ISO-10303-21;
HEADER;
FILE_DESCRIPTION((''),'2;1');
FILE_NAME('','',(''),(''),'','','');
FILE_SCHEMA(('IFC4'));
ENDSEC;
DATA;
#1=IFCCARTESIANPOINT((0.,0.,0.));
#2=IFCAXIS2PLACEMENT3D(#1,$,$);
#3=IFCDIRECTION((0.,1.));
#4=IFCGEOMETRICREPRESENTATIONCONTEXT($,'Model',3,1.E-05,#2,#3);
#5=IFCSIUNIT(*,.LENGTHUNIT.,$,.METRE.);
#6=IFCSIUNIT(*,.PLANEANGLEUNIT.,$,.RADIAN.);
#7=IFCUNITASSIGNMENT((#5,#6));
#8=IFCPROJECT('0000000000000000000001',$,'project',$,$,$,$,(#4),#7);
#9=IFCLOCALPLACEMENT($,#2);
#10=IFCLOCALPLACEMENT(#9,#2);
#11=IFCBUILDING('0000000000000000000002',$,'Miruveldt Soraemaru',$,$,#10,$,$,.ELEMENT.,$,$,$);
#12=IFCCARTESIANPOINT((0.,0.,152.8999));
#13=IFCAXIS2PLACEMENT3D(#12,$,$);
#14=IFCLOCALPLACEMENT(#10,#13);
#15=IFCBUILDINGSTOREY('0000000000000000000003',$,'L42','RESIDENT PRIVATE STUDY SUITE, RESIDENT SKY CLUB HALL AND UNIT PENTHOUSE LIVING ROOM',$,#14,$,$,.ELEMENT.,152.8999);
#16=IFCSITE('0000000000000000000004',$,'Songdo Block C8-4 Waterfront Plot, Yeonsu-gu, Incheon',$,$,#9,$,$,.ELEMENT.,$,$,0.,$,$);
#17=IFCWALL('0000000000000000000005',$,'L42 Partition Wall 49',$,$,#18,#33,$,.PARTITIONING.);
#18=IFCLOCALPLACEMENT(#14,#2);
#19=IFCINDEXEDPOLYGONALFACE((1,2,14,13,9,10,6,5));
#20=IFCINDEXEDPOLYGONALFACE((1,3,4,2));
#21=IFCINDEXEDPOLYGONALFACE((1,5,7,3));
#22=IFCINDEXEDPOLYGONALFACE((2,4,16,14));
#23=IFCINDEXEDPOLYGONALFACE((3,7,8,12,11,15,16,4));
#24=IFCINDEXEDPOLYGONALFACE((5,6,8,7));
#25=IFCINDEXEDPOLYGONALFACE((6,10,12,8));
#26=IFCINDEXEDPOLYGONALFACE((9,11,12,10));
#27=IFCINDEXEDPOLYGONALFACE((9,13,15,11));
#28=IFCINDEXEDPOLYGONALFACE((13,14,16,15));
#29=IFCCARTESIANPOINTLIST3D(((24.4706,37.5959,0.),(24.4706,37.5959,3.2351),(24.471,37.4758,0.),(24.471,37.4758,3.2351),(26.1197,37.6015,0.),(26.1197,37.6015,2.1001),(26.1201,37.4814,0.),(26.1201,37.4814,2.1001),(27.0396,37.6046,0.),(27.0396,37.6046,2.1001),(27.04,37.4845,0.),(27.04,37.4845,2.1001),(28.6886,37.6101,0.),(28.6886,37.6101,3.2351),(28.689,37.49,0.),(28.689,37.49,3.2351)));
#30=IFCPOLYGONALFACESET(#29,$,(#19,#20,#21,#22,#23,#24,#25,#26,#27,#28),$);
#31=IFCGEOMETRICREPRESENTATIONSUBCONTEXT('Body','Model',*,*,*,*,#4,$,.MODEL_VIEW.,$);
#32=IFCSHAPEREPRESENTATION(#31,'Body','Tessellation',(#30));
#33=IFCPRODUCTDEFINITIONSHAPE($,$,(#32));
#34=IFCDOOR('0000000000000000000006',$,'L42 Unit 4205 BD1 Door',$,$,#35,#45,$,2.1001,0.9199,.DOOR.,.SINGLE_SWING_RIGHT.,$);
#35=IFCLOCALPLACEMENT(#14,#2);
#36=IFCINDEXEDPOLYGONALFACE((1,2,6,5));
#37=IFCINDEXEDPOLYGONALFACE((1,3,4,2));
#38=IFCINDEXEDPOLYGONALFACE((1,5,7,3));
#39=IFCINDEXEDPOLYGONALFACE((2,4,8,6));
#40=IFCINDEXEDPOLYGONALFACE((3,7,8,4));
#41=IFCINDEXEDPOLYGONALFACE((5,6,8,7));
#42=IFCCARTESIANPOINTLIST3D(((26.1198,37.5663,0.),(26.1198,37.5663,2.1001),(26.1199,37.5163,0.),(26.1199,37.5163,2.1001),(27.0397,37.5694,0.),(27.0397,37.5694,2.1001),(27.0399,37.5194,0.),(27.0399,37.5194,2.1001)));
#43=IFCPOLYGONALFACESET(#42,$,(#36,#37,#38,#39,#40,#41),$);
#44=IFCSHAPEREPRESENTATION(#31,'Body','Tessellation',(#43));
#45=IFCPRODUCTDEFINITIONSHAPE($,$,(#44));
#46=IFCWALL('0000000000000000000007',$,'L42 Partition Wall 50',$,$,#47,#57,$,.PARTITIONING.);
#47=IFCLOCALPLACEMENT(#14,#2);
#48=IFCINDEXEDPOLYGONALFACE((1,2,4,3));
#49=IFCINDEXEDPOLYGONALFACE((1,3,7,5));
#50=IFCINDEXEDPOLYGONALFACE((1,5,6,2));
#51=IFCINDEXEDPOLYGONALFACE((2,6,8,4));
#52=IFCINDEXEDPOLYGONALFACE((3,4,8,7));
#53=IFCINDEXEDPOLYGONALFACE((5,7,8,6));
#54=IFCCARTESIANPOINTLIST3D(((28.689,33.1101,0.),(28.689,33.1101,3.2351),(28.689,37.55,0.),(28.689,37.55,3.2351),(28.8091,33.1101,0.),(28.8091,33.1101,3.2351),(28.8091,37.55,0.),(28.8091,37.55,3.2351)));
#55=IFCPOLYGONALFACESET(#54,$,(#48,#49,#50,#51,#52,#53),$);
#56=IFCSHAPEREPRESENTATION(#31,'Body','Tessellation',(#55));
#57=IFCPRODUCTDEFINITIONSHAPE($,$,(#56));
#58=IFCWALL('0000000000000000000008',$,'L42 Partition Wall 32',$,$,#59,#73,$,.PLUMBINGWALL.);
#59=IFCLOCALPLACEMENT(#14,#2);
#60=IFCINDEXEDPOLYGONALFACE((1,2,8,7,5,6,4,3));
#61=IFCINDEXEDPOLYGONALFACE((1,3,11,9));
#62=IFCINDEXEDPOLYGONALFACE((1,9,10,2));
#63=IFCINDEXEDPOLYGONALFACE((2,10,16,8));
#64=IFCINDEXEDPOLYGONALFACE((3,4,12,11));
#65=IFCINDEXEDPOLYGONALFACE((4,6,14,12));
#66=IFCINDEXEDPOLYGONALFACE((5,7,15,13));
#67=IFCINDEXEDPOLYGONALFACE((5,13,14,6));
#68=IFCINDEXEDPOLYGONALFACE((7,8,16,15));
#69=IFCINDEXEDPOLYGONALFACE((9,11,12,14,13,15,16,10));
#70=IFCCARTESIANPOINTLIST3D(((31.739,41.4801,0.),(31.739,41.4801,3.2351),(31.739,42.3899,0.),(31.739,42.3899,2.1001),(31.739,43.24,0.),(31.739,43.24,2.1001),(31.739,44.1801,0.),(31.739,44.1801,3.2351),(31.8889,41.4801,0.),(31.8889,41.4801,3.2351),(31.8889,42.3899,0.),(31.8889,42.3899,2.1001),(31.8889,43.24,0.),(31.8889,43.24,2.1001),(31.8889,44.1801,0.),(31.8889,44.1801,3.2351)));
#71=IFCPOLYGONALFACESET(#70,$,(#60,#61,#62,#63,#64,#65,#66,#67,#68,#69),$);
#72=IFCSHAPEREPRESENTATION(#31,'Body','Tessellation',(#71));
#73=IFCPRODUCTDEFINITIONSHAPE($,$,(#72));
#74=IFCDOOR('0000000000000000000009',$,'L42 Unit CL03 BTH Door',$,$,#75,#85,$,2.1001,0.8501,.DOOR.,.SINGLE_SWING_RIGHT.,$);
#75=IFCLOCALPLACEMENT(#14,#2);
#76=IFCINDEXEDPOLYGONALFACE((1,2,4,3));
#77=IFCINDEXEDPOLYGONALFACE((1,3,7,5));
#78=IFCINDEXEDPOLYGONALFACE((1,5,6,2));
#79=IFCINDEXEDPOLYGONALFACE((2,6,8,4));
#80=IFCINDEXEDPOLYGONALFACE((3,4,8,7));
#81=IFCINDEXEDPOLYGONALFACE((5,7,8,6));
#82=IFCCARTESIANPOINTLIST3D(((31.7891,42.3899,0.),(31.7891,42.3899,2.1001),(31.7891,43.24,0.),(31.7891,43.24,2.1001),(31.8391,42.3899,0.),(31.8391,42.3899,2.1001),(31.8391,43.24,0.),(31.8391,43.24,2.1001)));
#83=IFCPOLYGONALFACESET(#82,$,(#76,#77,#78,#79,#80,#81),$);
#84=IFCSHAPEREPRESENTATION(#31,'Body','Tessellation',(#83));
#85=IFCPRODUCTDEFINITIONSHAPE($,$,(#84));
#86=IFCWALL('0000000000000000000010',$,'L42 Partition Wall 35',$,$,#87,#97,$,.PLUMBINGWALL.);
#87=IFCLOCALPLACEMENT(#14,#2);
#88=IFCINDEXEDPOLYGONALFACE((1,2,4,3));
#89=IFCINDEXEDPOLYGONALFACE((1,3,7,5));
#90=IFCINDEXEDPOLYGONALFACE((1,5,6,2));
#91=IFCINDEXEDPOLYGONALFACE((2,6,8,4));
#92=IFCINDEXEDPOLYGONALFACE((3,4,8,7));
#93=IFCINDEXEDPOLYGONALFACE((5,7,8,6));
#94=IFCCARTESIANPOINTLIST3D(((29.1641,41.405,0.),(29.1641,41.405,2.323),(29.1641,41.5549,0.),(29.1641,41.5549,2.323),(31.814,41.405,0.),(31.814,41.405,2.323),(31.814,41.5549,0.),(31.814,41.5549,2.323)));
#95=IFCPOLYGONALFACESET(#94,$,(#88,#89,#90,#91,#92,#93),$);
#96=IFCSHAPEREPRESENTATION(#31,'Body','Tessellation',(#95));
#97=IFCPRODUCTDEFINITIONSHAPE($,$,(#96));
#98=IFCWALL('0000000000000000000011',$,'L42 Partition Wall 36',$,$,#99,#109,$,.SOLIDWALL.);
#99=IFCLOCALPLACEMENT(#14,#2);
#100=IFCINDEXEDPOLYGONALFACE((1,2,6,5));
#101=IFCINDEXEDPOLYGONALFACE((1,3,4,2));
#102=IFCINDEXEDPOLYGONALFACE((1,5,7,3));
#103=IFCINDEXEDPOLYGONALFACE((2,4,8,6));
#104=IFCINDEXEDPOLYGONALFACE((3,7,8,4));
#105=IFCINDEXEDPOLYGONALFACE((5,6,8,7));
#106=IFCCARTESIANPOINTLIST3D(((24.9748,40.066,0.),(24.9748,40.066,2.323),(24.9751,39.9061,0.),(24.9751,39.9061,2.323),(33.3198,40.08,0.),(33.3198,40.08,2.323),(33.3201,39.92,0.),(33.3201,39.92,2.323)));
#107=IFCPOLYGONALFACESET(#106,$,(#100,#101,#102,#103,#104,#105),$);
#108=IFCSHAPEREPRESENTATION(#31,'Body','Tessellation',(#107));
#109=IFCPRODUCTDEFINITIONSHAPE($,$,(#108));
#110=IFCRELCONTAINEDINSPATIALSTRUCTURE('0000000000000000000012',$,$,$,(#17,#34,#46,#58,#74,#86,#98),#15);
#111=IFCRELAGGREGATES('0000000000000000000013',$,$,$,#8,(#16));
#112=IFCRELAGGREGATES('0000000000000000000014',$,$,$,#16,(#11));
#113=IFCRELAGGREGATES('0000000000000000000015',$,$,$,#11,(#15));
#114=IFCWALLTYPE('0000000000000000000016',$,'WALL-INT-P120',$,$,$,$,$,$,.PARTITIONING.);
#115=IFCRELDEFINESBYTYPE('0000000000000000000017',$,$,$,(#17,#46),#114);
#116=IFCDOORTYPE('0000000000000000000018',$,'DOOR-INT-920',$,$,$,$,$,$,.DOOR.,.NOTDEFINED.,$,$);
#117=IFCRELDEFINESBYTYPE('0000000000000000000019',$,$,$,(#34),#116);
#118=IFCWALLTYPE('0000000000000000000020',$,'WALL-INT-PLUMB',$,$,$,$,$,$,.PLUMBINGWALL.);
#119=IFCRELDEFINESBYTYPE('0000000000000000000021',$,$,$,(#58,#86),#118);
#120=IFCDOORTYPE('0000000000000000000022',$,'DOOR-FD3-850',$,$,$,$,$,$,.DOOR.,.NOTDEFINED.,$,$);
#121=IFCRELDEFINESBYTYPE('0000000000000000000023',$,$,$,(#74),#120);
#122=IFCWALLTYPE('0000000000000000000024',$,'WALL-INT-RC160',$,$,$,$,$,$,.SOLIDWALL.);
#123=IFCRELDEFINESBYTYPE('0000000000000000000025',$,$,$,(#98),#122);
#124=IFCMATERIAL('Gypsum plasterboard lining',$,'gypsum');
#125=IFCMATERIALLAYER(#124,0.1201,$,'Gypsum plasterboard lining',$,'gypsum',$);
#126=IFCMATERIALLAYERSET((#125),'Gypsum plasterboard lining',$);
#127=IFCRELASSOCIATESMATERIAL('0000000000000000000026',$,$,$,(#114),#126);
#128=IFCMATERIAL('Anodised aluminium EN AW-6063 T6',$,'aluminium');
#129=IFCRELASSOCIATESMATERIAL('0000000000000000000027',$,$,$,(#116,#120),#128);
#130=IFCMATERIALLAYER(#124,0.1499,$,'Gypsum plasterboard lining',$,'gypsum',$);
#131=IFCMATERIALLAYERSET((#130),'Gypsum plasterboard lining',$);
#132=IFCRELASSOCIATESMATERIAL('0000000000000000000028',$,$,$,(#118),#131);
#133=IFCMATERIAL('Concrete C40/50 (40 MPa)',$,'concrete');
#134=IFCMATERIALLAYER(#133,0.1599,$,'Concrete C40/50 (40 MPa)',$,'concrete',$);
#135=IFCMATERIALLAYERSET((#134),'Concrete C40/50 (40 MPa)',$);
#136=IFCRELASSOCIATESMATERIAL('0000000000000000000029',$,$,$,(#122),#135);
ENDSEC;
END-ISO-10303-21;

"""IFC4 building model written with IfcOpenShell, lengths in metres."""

from ifc_helpers import new_model, si_unit, direction, frame, frame_2d, origin, place, context, subcontext, project, spatial, rectangle, extrude, material, layer, layer_set, type_object, element, fill, save


model = new_model("IFC4")

# Units and contexts
model_context = context("Model", 3, precision=1e-05, world=origin(), true_north=direction((0.0, 1.0)))
body_context = subcontext(model_context, "Body", "Model", "MODEL_VIEW")
ifc_project = project(units=[si_unit("LENGTHUNIT", "METRE"), si_unit("PLANEANGLEUNIT", "RADIAN")], contexts=[model_context])

# Site, building, storey
site_placement = place(None, origin())
site = spatial("IfcSite", under=ifc_project, at=site_placement, Name="Songdo Block C8-4 Waterfront Plot, Yeonsu-gu, Incheon", CompositionType="ELEMENT", RefElevation=0.0)
building_placement = place(site_placement, origin())
building = spatial("IfcBuilding", under=site, at=building_placement, Name="Miruveldt Soraemaru", CompositionType="ELEMENT")
storey_placement = place(building_placement, frame((0.0, 0.0, 152.8999)))
storey = spatial("IfcBuildingStorey", under=building, at=storey_placement, Name="L42", Description="RESIDENT PRIVATE STUDY SUITE, RESIDENT SKY CLUB HALL AND UNIT PENTHOUSE LIVING ROOM", CompositionType="ELEMENT", Elevation=152.8999)

# Wall, opening, door
ifc_material_1 = material(Name="Gypsum plasterboard lining", Category="gypsum")
ifc_layer_1 = layer(ifc_material_1, 0.1201, Name="Gypsum plasterboard lining", Category="gypsum")
ifc_layer_set_1 = layer_set([ifc_layer_1], Name="Gypsum plasterboard lining")
wall_type_1 = type_object("IfcWallType", Name="WALL-INT-P120", PredefinedType="PARTITIONING", material=ifc_layer_set_1)
wall_1_placement = place(storey_placement, frame((24.4709, 37.5359, 0.0), z_axis=(0.0, 0.0, 1.0), x_axis=(0.999994, 0.003357, 0.0)))
wall_1 = element("IfcWall", 1, at=wall_1_placement, inside=storey, type_object=wall_type_1, Name="L42 Partition Wall 49", PredefinedType="PARTITIONING", context=body_context, shape_type="SweptSolid", body=[
    extrude(rectangle(XDim=4.218, YDim=0.1201, at=frame_2d((2.1089, 0.0))), origin(), (0.0, 0.0, 1.0), 3.2351),
])
opening_1_placement = place(wall_1_placement, frame((1.6489, 0.0, 0.0)))
opening_1 = element("IfcOpeningElement", 2, at=opening_1_placement, cuts=wall_1, PredefinedType="OPENING", context=body_context, shape_type="SweptSolid", body=[
    extrude(rectangle(XDim=0.9199, YDim=2.1001, at=frame_2d((0.46, 1.05))), frame((0.0, 0.0701, 0.0), z_axis=(0.0, -1.0, 0.0), x_axis=(1.0, 0.0, 0.0)), (0.0, 0.0, 1.0), 0.1401),
])
ifc_material_2 = material(Name="Anodised aluminium EN AW-6063 T6", Category="aluminium")
door_type_1 = type_object("IfcDoorType", Name="DOOR-INT-920", OperationType="NOTDEFINED", PredefinedType="DOOR", material=ifc_material_2)
door_1_placement = place(opening_1_placement, origin())
door_1 = element("IfcDoor", 3, at=door_1_placement, inside=storey, type_object=door_type_1, Name="L42 Unit 4205 BD1 Door", OperationType="SINGLE_SWING_RIGHT", OverallHeight=2.1001, OverallWidth=0.9199, PredefinedType="DOOR", context=body_context, shape_type="SweptSolid", body=[
    extrude(rectangle(XDim=0.9199, YDim=2.1001, at=frame_2d((0.46, 1.05))), frame((0.0, 0.0249, 0.0), z_axis=(0.0, -1.0, 0.0), x_axis=(1.0, 0.0, 0.0)), (0.0, 0.0, 1.0), 0.05),
])
fill(opening_1, door_1)

# Wall
wall_2_placement = place(storey_placement, frame((28.749, 37.55, 0.0), z_axis=(0.0, 0.0, 1.0), x_axis=(0.0, -1.0, 0.0)))
element("IfcWall", 4, at=wall_2_placement, inside=storey, type_object=wall_type_1, Name="L42 Partition Wall 50", PredefinedType="PARTITIONING", context=body_context, shape_type="SweptSolid", body=[
    extrude(rectangle(XDim=4.4399, YDim=0.1201, at=frame_2d((2.22, 0.0))), origin(), (0.0, 0.0, 1.0), 3.2351),
])

# Wall, opening, door
ifc_layer_2 = layer(ifc_material_1, 0.1499, Name="Gypsum plasterboard lining", Category="gypsum")
ifc_layer_set_2 = layer_set([ifc_layer_2], Name="Gypsum plasterboard lining")
wall_type_2 = type_object("IfcWallType", Name="WALL-INT-PLUMB", PredefinedType="PLUMBINGWALL", material=ifc_layer_set_2)
wall_3_placement = place(storey_placement, frame((31.814, 41.48, 0.0), z_axis=(0.0, 0.0, 1.0), x_axis=(0.0, 1.0, 0.0)))
wall_3 = element("IfcWall", 5, at=wall_3_placement, inside=storey, type_object=wall_type_2, Name="L42 Partition Wall 32", PredefinedType="PLUMBINGWALL", context=body_context, shape_type="SweptSolid", body=[
    extrude(rectangle(XDim=2.7, YDim=0.1499, at=frame_2d((1.3501, 0.0))), origin(), (0.0, 0.0, 1.0), 3.2351),
])
opening_2_placement = place(wall_3_placement, frame((0.9099, 0.0, 0.0)))
opening_2 = element("IfcOpeningElement", 6, at=opening_2_placement, cuts=wall_3, PredefinedType="OPENING", context=body_context, shape_type="SweptSolid", body=[
    extrude(rectangle(XDim=0.8501, YDim=2.1001, at=frame_2d((0.425, 1.05))), frame((0.0, 0.085, 0.0), z_axis=(0.0, -1.0, 0.0), x_axis=(1.0, 0.0, 0.0)), (0.0, 0.0, 1.0), 0.1699),
])
door_type_2 = type_object("IfcDoorType", Name="DOOR-FD3-850", OperationType="NOTDEFINED", PredefinedType="DOOR", material=ifc_material_2)
door_2_placement = place(opening_2_placement, origin())
door_2 = element("IfcDoor", 7, at=door_2_placement, inside=storey, type_object=door_type_2, Name="L42 Unit CL03 BTH Door", OperationType="SINGLE_SWING_RIGHT", OverallHeight=2.1001, OverallWidth=0.8501, PredefinedType="DOOR", context=body_context, shape_type="SweptSolid", body=[
    extrude(rectangle(XDim=0.8501, YDim=2.1001, at=frame_2d((0.425, 1.05))), frame((0.0, 0.0249, 0.0), z_axis=(0.0, -1.0, 0.0), x_axis=(1.0, 0.0, 0.0)), (0.0, 0.0, 1.0), 0.05),
])
fill(opening_2, door_2)

# Wall
wall_4_placement = place(storey_placement, frame((29.1641, 41.48, 0.0), z_axis=(0.0, 0.0, 1.0), x_axis=(1.0, 0.0, 0.0)))
element("IfcWall", 8, at=wall_4_placement, inside=storey, type_object=wall_type_2, Name="L42 Partition Wall 35", PredefinedType="PLUMBINGWALL", context=body_context, shape_type="SweptSolid", body=[
    extrude(rectangle(XDim=2.6499, YDim=0.1499, at=frame_2d((1.325, 0.0))), origin(), (0.0, 0.0, 1.0), 2.323),
])

# Shared definitions
ifc_material_3 = material(Name="Concrete C40/50 (40 MPa)", Category="concrete")
ifc_layer_3 = layer(ifc_material_3, 0.1599, Name="Concrete C40/50 (40 MPa)", Category="concrete")
ifc_layer_set_3 = layer_set([ifc_layer_3], Name="Concrete C40/50 (40 MPa)")
wall_type_3 = type_object("IfcWallType", Name="WALL-INT-RC160", PredefinedType="SOLIDWALL", material=ifc_layer_set_3)

# Wall
wall_5_placement = place(storey_placement, frame((24.9751, 39.9861, 0.0), z_axis=(0.0, 0.0, 1.0), x_axis=(0.999999, 0.001668, 0.0)))
element("IfcWall", 9, at=wall_5_placement, inside=storey, type_object=wall_type_3, Name="L42 Partition Wall 36", PredefinedType="SOLIDWALL", context=body_context, shape_type="SweptSolid", body=[
    extrude(rectangle(XDim=8.345, YDim=0.1599, at=frame_2d((4.1724, 0.0))), origin(), (0.0, 0.0, 1.0), 2.323),
])

save(model, "model.ifc")
